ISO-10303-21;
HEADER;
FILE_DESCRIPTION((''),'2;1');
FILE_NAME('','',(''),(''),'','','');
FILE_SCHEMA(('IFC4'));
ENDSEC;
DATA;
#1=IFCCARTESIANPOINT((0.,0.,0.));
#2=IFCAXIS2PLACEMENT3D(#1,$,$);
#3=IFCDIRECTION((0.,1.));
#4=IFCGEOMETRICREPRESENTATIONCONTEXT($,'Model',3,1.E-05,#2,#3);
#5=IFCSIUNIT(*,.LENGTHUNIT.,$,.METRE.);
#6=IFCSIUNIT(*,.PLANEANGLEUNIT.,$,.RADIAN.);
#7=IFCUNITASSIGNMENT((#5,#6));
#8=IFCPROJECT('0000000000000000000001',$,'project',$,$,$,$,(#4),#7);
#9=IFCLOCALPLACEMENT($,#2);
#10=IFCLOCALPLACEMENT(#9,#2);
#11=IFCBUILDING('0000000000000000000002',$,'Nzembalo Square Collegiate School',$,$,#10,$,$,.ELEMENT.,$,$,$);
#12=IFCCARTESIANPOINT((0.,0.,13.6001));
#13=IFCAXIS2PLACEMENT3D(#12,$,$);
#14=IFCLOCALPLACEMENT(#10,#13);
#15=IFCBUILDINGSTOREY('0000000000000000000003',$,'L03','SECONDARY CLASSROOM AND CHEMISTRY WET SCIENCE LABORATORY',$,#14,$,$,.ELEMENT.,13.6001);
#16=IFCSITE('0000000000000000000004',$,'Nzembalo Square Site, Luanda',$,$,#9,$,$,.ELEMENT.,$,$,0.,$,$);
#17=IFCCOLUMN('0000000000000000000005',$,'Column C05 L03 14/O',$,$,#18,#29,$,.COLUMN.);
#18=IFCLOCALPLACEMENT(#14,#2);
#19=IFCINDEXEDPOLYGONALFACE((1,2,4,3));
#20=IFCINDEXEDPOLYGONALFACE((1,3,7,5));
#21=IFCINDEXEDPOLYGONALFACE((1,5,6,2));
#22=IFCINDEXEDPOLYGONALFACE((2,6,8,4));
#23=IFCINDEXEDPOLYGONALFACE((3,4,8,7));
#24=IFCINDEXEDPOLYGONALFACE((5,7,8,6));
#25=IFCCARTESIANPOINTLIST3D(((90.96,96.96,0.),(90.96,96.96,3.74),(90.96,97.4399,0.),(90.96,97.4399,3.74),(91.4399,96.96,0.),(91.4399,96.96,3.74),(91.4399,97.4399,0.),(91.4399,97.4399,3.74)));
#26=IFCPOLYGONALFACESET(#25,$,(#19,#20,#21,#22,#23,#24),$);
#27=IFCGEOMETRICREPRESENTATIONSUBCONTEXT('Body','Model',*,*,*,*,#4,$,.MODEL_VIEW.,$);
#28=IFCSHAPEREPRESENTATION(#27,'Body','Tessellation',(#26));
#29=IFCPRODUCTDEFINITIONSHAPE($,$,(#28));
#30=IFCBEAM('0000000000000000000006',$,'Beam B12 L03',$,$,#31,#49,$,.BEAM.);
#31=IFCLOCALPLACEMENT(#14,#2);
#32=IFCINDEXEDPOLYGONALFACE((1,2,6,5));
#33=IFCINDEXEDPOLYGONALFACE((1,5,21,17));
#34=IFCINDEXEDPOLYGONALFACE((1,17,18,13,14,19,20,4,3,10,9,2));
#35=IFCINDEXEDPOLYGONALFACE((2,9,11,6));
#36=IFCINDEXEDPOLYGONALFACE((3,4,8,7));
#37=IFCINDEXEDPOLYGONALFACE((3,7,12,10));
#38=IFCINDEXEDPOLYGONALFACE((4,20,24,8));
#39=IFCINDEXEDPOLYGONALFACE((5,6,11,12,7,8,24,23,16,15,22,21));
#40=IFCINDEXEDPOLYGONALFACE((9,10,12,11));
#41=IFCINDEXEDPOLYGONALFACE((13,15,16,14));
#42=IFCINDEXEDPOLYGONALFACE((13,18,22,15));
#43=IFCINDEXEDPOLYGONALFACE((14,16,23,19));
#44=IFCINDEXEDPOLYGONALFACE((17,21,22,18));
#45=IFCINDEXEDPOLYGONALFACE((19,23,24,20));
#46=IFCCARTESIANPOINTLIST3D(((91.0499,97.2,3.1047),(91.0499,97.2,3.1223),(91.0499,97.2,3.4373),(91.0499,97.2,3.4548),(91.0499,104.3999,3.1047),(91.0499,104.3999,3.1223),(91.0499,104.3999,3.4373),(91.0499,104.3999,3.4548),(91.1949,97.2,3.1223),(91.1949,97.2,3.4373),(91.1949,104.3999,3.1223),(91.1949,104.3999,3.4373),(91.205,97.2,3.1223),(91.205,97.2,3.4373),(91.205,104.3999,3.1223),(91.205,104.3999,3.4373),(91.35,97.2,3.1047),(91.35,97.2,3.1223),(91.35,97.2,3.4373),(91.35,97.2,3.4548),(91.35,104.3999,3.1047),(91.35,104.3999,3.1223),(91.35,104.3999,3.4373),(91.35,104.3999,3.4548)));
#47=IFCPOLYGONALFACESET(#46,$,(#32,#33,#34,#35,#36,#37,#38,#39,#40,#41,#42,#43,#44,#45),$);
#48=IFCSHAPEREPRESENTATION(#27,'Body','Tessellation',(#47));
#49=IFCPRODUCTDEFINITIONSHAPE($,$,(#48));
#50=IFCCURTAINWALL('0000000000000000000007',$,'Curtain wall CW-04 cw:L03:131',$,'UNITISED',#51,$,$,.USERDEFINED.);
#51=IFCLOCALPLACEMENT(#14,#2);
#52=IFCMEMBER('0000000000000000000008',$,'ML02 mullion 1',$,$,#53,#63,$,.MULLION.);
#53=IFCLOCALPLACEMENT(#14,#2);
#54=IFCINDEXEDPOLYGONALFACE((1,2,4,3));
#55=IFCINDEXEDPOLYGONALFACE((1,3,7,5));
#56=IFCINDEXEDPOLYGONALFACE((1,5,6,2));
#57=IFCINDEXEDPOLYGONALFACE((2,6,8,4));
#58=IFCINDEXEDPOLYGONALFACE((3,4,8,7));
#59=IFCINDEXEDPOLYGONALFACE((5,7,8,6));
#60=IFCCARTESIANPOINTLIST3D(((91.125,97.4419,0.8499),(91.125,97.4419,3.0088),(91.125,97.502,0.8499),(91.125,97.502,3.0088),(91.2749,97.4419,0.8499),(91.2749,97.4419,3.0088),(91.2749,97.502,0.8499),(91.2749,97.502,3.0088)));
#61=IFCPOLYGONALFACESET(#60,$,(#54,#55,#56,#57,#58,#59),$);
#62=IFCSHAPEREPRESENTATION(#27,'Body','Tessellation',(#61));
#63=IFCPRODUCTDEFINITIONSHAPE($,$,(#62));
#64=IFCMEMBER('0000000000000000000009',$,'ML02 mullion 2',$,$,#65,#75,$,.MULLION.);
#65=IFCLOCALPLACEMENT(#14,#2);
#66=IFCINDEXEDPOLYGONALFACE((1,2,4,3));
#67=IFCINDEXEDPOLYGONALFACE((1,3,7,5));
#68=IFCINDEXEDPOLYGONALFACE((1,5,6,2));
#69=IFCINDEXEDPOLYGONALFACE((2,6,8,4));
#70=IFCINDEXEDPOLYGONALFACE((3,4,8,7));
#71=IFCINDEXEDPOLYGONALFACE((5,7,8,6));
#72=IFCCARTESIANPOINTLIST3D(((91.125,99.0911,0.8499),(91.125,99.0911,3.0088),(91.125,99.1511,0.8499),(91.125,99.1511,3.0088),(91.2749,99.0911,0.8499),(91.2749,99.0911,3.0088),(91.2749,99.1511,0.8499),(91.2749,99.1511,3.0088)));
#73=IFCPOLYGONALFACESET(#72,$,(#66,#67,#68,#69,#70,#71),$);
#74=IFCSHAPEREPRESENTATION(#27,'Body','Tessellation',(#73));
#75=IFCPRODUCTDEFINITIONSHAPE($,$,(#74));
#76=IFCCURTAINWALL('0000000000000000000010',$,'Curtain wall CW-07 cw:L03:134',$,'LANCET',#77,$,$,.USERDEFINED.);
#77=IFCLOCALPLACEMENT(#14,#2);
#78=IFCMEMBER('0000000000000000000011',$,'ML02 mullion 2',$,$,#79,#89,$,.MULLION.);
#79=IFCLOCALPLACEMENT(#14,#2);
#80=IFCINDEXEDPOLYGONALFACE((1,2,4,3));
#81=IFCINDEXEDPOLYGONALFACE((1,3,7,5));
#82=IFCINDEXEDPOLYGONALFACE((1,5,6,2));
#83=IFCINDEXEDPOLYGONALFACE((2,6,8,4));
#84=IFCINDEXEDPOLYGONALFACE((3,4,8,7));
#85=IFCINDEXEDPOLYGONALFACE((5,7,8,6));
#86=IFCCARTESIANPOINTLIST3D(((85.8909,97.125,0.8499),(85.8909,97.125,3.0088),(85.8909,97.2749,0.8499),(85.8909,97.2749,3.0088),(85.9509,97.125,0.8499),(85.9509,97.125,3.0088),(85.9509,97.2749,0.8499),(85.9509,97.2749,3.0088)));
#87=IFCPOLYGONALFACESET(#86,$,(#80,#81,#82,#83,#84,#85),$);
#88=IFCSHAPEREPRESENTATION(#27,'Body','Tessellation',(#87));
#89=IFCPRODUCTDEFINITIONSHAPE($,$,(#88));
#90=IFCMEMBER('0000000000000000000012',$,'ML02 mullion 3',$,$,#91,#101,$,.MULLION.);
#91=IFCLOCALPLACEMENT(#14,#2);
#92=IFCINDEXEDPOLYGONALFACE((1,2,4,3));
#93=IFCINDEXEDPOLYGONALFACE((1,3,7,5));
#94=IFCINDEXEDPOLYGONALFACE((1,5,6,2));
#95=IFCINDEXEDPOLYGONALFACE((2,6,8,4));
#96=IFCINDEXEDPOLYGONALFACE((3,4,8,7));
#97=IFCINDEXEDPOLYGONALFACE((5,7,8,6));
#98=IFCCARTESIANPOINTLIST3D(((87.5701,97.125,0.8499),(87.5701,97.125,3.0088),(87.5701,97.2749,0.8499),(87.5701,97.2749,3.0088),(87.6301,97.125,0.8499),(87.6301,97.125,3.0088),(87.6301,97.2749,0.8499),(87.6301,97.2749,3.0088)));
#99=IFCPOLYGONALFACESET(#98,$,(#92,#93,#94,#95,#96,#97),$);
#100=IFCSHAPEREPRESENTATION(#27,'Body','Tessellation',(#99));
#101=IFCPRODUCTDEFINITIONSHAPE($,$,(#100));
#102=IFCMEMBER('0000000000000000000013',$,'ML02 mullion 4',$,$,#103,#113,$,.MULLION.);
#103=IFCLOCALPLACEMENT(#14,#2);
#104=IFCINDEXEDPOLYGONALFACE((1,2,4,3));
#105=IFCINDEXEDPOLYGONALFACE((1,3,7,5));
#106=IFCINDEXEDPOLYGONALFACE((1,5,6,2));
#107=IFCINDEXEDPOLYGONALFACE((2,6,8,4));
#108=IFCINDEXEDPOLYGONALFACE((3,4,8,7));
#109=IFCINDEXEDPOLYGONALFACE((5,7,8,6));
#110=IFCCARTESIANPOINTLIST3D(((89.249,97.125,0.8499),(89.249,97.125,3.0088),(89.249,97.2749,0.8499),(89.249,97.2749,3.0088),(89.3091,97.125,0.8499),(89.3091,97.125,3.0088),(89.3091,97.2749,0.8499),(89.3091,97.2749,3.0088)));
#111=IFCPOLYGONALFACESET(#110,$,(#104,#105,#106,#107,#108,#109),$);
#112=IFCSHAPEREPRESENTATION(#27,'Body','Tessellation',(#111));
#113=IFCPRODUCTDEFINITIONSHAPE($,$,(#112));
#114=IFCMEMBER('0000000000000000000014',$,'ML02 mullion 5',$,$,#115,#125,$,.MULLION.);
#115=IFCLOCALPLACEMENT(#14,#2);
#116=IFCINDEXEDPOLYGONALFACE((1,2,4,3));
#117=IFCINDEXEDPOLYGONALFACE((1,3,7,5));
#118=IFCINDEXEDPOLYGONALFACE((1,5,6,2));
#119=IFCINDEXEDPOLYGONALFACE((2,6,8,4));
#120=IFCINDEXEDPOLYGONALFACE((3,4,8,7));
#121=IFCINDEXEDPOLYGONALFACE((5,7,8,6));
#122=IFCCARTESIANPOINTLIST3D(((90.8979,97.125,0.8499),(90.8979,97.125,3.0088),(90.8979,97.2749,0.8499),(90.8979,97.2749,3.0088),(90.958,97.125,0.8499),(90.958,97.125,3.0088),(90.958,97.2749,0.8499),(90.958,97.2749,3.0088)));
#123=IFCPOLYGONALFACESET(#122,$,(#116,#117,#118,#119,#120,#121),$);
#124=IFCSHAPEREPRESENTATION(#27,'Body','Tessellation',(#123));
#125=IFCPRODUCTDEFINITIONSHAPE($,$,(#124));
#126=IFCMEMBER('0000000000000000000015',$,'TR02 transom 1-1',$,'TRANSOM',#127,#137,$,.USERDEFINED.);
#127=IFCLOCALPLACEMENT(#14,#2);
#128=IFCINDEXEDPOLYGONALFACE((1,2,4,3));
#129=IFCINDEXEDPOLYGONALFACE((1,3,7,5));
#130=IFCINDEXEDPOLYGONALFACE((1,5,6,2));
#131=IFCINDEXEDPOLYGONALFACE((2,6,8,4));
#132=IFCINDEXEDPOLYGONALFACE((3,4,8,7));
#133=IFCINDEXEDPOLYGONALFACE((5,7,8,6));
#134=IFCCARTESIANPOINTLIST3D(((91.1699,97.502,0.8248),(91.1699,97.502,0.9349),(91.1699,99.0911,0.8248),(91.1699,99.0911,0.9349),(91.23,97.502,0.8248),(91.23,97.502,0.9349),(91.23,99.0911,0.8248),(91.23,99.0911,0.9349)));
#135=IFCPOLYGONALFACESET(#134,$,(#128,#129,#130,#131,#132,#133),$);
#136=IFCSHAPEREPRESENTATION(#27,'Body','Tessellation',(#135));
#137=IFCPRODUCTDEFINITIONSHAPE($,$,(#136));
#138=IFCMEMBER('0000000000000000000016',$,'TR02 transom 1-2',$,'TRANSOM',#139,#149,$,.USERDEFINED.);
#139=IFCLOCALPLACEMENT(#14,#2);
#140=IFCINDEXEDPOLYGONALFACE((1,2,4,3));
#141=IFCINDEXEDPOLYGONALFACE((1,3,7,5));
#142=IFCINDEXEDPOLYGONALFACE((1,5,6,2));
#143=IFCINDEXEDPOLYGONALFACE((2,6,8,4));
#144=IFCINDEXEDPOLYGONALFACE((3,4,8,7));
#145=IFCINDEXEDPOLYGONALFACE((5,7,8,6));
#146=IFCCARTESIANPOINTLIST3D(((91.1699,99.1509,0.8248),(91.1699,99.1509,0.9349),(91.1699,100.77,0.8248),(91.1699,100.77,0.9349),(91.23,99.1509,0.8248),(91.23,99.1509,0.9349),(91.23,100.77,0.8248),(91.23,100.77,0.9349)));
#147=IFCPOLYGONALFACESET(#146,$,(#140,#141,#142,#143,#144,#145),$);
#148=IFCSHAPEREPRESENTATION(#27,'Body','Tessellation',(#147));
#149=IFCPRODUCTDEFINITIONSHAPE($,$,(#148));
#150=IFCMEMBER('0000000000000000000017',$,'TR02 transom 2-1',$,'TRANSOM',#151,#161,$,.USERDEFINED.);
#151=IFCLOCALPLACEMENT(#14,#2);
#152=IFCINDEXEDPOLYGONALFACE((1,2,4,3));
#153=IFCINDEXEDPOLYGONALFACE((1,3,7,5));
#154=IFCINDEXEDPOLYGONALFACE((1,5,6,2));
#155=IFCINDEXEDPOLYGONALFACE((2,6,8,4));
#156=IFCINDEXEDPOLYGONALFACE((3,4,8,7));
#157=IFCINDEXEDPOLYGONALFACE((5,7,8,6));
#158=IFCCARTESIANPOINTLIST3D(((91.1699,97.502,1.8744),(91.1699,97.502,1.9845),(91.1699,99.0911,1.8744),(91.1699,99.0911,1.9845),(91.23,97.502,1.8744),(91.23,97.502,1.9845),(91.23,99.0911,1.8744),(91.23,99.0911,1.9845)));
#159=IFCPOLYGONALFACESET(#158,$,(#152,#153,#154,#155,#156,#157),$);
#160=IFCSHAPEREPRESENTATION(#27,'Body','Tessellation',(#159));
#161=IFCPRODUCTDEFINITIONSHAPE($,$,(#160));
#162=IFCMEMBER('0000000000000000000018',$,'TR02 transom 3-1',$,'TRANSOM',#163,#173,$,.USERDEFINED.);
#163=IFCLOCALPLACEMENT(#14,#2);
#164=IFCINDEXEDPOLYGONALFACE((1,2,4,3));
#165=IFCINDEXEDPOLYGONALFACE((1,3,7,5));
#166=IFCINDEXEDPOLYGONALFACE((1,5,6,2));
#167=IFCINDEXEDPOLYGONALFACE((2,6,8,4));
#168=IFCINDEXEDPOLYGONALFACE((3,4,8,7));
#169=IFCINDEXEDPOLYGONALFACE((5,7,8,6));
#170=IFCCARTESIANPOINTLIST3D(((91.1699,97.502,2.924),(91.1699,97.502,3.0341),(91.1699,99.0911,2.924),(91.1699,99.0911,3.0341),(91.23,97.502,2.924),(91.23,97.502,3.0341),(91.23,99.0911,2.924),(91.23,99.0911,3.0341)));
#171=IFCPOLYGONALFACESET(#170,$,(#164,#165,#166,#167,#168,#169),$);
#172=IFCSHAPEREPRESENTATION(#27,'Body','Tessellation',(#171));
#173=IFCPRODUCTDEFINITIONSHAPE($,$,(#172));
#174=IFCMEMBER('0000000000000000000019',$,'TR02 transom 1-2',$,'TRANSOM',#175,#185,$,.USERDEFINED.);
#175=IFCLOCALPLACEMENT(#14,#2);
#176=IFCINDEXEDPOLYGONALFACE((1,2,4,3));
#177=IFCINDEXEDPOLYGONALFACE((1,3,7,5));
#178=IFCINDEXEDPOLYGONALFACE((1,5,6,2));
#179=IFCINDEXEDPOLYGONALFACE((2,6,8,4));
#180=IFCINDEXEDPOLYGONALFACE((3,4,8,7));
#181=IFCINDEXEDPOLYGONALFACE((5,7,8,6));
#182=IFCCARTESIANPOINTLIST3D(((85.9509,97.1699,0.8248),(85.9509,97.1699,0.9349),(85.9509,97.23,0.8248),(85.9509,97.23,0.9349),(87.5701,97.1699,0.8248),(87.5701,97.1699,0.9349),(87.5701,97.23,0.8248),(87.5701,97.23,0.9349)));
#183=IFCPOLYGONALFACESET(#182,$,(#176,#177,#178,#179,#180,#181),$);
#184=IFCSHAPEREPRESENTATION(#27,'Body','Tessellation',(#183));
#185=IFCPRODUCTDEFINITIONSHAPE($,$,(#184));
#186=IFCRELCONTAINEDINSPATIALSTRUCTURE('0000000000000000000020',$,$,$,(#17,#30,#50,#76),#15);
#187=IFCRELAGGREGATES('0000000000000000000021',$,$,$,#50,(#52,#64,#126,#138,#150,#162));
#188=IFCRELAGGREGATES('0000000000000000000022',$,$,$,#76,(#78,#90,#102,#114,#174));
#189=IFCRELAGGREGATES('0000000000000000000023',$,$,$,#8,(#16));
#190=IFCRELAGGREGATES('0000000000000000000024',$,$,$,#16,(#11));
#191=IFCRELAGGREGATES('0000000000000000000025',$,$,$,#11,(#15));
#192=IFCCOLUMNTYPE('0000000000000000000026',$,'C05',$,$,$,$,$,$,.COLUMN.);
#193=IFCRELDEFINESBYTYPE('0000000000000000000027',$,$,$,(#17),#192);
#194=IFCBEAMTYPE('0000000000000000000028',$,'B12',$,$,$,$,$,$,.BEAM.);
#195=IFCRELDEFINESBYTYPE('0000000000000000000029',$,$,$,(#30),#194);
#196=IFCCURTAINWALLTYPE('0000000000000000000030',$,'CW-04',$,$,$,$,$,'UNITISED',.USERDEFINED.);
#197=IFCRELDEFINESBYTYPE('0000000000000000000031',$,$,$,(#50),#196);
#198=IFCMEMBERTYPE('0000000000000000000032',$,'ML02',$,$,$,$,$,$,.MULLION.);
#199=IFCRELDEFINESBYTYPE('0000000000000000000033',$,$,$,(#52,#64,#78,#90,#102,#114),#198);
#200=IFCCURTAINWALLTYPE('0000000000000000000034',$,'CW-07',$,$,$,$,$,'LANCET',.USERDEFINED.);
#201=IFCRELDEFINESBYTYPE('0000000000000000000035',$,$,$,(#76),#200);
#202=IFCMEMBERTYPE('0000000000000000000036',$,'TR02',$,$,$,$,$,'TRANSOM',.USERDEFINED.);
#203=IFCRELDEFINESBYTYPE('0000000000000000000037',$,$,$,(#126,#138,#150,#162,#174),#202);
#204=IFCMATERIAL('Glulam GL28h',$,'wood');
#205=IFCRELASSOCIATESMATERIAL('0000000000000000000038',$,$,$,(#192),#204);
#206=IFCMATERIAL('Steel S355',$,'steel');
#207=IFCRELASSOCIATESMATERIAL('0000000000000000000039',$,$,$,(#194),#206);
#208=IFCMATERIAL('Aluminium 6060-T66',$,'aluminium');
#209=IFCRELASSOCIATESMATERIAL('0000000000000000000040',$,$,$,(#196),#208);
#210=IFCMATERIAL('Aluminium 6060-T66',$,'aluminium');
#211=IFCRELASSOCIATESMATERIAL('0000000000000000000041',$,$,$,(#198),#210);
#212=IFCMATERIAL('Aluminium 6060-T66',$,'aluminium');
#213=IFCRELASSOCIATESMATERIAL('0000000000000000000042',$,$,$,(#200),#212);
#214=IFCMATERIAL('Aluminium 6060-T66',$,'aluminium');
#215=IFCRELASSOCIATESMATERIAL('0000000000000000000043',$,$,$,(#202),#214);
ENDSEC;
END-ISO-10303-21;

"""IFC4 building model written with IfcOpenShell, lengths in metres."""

from ifc_helpers import new_model, si_unit, direction, frame, origin, origin_2d, place, context, subcontext, project, spatial, rectangle, i_section, extrude, material, material_profile, profile_set, type_object, element, aggregate, save


model = new_model("IFC4")

# Units and contexts
model_context = context("Model", 3, precision=1e-05, world=origin(), true_north=direction((0.0, 1.0)))
body_context = subcontext(model_context, "Body", "Model", "MODEL_VIEW")
ifc_project = project(units=[si_unit("LENGTHUNIT", "METRE"), si_unit("PLANEANGLEUNIT", "RADIAN")], contexts=[model_context])

# Site, building, storey
site_placement = place(None, origin())
site = spatial("IfcSite", under=ifc_project, at=site_placement, Name="Nzembalo Square Site, Luanda", CompositionType="ELEMENT", RefElevation=0.0)
building_placement = place(site_placement, origin())
building = spatial("IfcBuilding", under=site, at=building_placement, Name="Nzembalo Square Collegiate School", CompositionType="ELEMENT")
storey_placement = place(building_placement, frame((0.0, 0.0, 13.6001)))
storey = spatial("IfcBuildingStorey", under=building, at=storey_placement, Name="L03", Description="SECONDARY CLASSROOM AND CHEMISTRY WET SCIENCE LABORATORY", CompositionType="ELEMENT", Elevation=13.6001)

# Column
ifc_material_1 = material(Name="Glulam GL28h", Category="wood")
ifc_material_profile_1 = material_profile(ifc_material_1, rectangle(XDim=0.48, YDim=0.48, at=origin_2d()), Name="GL28h 480x480")
ifc_profile_set_1 = profile_set([ifc_material_profile_1], Name="Glulam GL28h")
column_type = type_object("IfcColumnType", Name="C05", PredefinedType="COLUMN", material=ifc_profile_set_1)
column_placement = place(storey_placement, frame((91.2, 97.2, 0.0), z_axis=(0.0, 0.0, 1.0), x_axis=(1.0, 0.0, 0.0)))
element("IfcColumn", 1, at=column_placement, inside=storey, type_object=column_type, Name="Column C05 L03 14/O", PredefinedType="COLUMN", context=body_context, shape_type="SweptSolid", body=[
    extrude(rectangle(XDim=0.48, YDim=0.48, at=origin_2d()), origin(), (0.0, 0.0, 1.0), 3.74),
])

# Beam
ifc_material_2 = material(Name="Steel S355", Category="steel")
ifc_material_profile_2 = material_profile(ifc_material_2, i_section(OverallWidth=0.3, OverallDepth=0.3501, WebThickness=0.01, FlangeThickness=0.0176, at=origin_2d()), Name="HEA 360")
ifc_profile_set_2 = profile_set([ifc_material_profile_2], Name="Steel S355")
beam_type = type_object("IfcBeamType", Name="B12", PredefinedType="BEAM", material=ifc_profile_set_2)
beam_placement = place(storey_placement, frame((91.2, 97.2, 3.2798), z_axis=(0.0, 1.0, 0.0), x_axis=(-1.0, 0.0, 0.0)))
element("IfcBeam", 2, at=beam_placement, inside=storey, type_object=beam_type, Name="Beam B12 L03", PredefinedType="BEAM", context=body_context, shape_type="SweptSolid", body=[
    extrude(i_section(OverallWidth=0.3, OverallDepth=0.3501, WebThickness=0.01, FlangeThickness=0.0176, at=origin_2d()), origin(), (0.0, 0.0, 1.0), 7.2),
])

# Curtain walls, members
ifc_material_3 = material(Name="Aluminium 6060-T66", Category="aluminium")
curtain_wall_type_1 = type_object("IfcCurtainWallType", Name="CW-04", ElementType="UNITISED", PredefinedType="USERDEFINED", material=ifc_material_3)
curtain_wall_1_placement = place(storey_placement, origin())
curtain_wall_1 = element("IfcCurtainWall", 3, at=curtain_wall_1_placement, inside=storey, type_object=curtain_wall_type_1, Name="Curtain wall CW-04 cw:L03:131", ObjectType="UNITISED", PredefinedType="USERDEFINED")
ifc_material_4 = material(Name="Aluminium 6060-T66", Category="aluminium")
ifc_material_profile_3 = material_profile(ifc_material_4, rectangle(XDim=0.0601, YDim=0.1499, at=origin_2d()), Name="ALU M60x150")
ifc_profile_set_3 = profile_set([ifc_material_profile_3], Name="Aluminium 6060-T66")
member_type_1 = type_object("IfcMemberType", Name="ML02", PredefinedType="MULLION", material=ifc_profile_set_3)
member_1_placement = place(storey_placement, frame((91.2, 97.4719, 0.8499), z_axis=(0.0, 0.0, 1.0), x_axis=(0.0, 1.0, 0.0)))
member_1 = element("IfcMember", 4, at=member_1_placement, type_object=member_type_1, Name="ML02 mullion 1", PredefinedType="MULLION", context=body_context, shape_type="SweptSolid", body=[
    extrude(rectangle(XDim=0.0601, YDim=0.1499, at=origin_2d()), origin(), (0.0, 0.0, 1.0), 2.1589),
])
member_2_placement = place(storey_placement, frame((91.2, 99.1211, 0.8499), z_axis=(0.0, 0.0, 1.0), x_axis=(0.0, 1.0, 0.0)))
member_2 = element("IfcMember", 5, at=member_2_placement, type_object=member_type_1, Name="ML02 mullion 2", PredefinedType="MULLION", context=body_context, shape_type="SweptSolid", body=[
    extrude(rectangle(XDim=0.0601, YDim=0.1499, at=origin_2d()), origin(), (0.0, 0.0, 1.0), 2.1589),
])
ifc_material_5 = material(Name="Aluminium 6060-T66", Category="aluminium")
curtain_wall_type_2 = type_object("IfcCurtainWallType", Name="CW-07", ElementType="LANCET", PredefinedType="USERDEFINED", material=ifc_material_5)
curtain_wall_2_placement = place(storey_placement, origin())
curtain_wall_2 = element("IfcCurtainWall", 6, at=curtain_wall_2_placement, inside=storey, type_object=curtain_wall_type_2, Name="Curtain wall CW-07 cw:L03:134", ObjectType="LANCET", PredefinedType="USERDEFINED")
member_3_placement = place(storey_placement, frame((85.9209, 97.2, 0.8499), z_axis=(0.0, 0.0, 1.0), x_axis=(1.0, 0.0, 0.0)))
member_3 = element("IfcMember", 7, at=member_3_placement, type_object=member_type_1, Name="ML02 mullion 2", PredefinedType="MULLION", context=body_context, shape_type="SweptSolid", body=[
    extrude(rectangle(XDim=0.0601, YDim=0.1499, at=origin_2d()), origin(), (0.0, 0.0, 1.0), 2.1589),
])
member_4_placement = place(storey_placement, frame((87.6001, 97.2, 0.8499), z_axis=(0.0, 0.0, 1.0), x_axis=(1.0, 0.0, 0.0)))
member_4 = element("IfcMember", 8, at=member_4_placement, type_object=member_type_1, Name="ML02 mullion 3", PredefinedType="MULLION", context=body_context, shape_type="SweptSolid", body=[
    extrude(rectangle(XDim=0.0601, YDim=0.1499, at=origin_2d()), origin(), (0.0, 0.0, 1.0), 2.1589),
])
member_5_placement = place(storey_placement, frame((89.2791, 97.2, 0.8499), z_axis=(0.0, 0.0, 1.0), x_axis=(1.0, 0.0, 0.0)))
member_5 = element("IfcMember", 9, at=member_5_placement, type_object=member_type_1, Name="ML02 mullion 4", PredefinedType="MULLION", context=body_context, shape_type="SweptSolid", body=[
    extrude(rectangle(XDim=0.0601, YDim=0.1499, at=origin_2d()), origin(), (0.0, 0.0, 1.0), 2.1589),
])
member_6_placement = place(storey_placement, frame((90.928, 97.2, 0.8499), z_axis=(0.0, 0.0, 1.0), x_axis=(1.0, 0.0, 0.0)))
member_6 = element("IfcMember", 10, at=member_6_placement, type_object=member_type_1, Name="ML02 mullion 5", PredefinedType="MULLION", context=body_context, shape_type="SweptSolid", body=[
    extrude(rectangle(XDim=0.0601, YDim=0.1499, at=origin_2d()), origin(), (0.0, 0.0, 1.0), 2.1589),
])

# Members
ifc_material_6 = material(Name="Aluminium 6060-T66", Category="aluminium")
ifc_material_profile_4 = material_profile(ifc_material_6, rectangle(XDim=0.0601, YDim=0.1101, at=origin_2d()), Name="ALU T60x110")
ifc_profile_set_4 = profile_set([ifc_material_profile_4], Name="Aluminium 6060-T66")
member_type_2 = type_object("IfcMemberType", Name="TR02", ElementType="TRANSOM", PredefinedType="USERDEFINED", material=ifc_profile_set_4)
member_7_placement = place(storey_placement, frame((91.2, 97.502, 0.8799), z_axis=(0.0, 1.0, 0.0), x_axis=(-1.0, 0.0, 0.0)))
member_7 = element("IfcMember", 11, at=member_7_placement, type_object=member_type_2, Name="TR02 transom 1-1", ObjectType="TRANSOM", PredefinedType="USERDEFINED", context=body_context, shape_type="SweptSolid", body=[
    extrude(rectangle(XDim=0.0601, YDim=0.1101, at=origin_2d()), origin(), (0.0, 0.0, 1.0), 1.5891),
])
member_8_placement = place(storey_placement, frame((91.2, 99.1509, 0.8799), z_axis=(0.0, 1.0, 0.0), x_axis=(-1.0, 0.0, 0.0)))
member_8 = element("IfcMember", 12, at=member_8_placement, type_object=member_type_2, Name="TR02 transom 1-2", ObjectType="TRANSOM", PredefinedType="USERDEFINED", context=body_context, shape_type="SweptSolid", body=[
    extrude(rectangle(XDim=0.0601, YDim=0.1101, at=origin_2d()), origin(), (0.0, 0.0, 1.0), 1.6191),
])
member_9_placement = place(storey_placement, frame((91.2, 97.502, 1.9294), z_axis=(0.0, 1.0, 0.0), x_axis=(-1.0, 0.0, 0.0)))
member_9 = element("IfcMember", 13, at=member_9_placement, type_object=member_type_2, Name="TR02 transom 2-1", ObjectType="TRANSOM", PredefinedType="USERDEFINED", context=body_context, shape_type="SweptSolid", body=[
    extrude(rectangle(XDim=0.0601, YDim=0.1101, at=origin_2d()), origin(), (0.0, 0.0, 1.0), 1.5891),
])
member_10_placement = place(storey_placement, frame((91.2, 97.502, 2.979), z_axis=(0.0, 1.0, 0.0), x_axis=(-1.0, 0.0, 0.0)))
member_10 = element("IfcMember", 14, at=member_10_placement, type_object=member_type_2, Name="TR02 transom 3-1", ObjectType="TRANSOM", PredefinedType="USERDEFINED", context=body_context, shape_type="SweptSolid", body=[
    extrude(rectangle(XDim=0.0601, YDim=0.1101, at=origin_2d()), origin(), (0.0, 0.0, 1.0), 1.5891),
])
member_11_placement = place(storey_placement, frame((85.9509, 97.2, 0.8799), z_axis=(1.0, 0.0, 0.0), x_axis=(0.0, 1.0, 0.0)))
member_11 = element("IfcMember", 15, at=member_11_placement, type_object=member_type_2, Name="TR02 transom 1-2", ObjectType="TRANSOM", PredefinedType="USERDEFINED", context=body_context, shape_type="SweptSolid", body=[
    extrude(rectangle(XDim=0.0601, YDim=0.1101, at=origin_2d()), origin(), (0.0, 0.0, 1.0), 1.6191),
])

aggregate(curtain_wall_1, [member_1, member_2, member_7, member_8, member_9, member_10])
aggregate(curtain_wall_2, [member_3, member_4, member_5, member_6, member_11])

save(model, "model.ifc")
